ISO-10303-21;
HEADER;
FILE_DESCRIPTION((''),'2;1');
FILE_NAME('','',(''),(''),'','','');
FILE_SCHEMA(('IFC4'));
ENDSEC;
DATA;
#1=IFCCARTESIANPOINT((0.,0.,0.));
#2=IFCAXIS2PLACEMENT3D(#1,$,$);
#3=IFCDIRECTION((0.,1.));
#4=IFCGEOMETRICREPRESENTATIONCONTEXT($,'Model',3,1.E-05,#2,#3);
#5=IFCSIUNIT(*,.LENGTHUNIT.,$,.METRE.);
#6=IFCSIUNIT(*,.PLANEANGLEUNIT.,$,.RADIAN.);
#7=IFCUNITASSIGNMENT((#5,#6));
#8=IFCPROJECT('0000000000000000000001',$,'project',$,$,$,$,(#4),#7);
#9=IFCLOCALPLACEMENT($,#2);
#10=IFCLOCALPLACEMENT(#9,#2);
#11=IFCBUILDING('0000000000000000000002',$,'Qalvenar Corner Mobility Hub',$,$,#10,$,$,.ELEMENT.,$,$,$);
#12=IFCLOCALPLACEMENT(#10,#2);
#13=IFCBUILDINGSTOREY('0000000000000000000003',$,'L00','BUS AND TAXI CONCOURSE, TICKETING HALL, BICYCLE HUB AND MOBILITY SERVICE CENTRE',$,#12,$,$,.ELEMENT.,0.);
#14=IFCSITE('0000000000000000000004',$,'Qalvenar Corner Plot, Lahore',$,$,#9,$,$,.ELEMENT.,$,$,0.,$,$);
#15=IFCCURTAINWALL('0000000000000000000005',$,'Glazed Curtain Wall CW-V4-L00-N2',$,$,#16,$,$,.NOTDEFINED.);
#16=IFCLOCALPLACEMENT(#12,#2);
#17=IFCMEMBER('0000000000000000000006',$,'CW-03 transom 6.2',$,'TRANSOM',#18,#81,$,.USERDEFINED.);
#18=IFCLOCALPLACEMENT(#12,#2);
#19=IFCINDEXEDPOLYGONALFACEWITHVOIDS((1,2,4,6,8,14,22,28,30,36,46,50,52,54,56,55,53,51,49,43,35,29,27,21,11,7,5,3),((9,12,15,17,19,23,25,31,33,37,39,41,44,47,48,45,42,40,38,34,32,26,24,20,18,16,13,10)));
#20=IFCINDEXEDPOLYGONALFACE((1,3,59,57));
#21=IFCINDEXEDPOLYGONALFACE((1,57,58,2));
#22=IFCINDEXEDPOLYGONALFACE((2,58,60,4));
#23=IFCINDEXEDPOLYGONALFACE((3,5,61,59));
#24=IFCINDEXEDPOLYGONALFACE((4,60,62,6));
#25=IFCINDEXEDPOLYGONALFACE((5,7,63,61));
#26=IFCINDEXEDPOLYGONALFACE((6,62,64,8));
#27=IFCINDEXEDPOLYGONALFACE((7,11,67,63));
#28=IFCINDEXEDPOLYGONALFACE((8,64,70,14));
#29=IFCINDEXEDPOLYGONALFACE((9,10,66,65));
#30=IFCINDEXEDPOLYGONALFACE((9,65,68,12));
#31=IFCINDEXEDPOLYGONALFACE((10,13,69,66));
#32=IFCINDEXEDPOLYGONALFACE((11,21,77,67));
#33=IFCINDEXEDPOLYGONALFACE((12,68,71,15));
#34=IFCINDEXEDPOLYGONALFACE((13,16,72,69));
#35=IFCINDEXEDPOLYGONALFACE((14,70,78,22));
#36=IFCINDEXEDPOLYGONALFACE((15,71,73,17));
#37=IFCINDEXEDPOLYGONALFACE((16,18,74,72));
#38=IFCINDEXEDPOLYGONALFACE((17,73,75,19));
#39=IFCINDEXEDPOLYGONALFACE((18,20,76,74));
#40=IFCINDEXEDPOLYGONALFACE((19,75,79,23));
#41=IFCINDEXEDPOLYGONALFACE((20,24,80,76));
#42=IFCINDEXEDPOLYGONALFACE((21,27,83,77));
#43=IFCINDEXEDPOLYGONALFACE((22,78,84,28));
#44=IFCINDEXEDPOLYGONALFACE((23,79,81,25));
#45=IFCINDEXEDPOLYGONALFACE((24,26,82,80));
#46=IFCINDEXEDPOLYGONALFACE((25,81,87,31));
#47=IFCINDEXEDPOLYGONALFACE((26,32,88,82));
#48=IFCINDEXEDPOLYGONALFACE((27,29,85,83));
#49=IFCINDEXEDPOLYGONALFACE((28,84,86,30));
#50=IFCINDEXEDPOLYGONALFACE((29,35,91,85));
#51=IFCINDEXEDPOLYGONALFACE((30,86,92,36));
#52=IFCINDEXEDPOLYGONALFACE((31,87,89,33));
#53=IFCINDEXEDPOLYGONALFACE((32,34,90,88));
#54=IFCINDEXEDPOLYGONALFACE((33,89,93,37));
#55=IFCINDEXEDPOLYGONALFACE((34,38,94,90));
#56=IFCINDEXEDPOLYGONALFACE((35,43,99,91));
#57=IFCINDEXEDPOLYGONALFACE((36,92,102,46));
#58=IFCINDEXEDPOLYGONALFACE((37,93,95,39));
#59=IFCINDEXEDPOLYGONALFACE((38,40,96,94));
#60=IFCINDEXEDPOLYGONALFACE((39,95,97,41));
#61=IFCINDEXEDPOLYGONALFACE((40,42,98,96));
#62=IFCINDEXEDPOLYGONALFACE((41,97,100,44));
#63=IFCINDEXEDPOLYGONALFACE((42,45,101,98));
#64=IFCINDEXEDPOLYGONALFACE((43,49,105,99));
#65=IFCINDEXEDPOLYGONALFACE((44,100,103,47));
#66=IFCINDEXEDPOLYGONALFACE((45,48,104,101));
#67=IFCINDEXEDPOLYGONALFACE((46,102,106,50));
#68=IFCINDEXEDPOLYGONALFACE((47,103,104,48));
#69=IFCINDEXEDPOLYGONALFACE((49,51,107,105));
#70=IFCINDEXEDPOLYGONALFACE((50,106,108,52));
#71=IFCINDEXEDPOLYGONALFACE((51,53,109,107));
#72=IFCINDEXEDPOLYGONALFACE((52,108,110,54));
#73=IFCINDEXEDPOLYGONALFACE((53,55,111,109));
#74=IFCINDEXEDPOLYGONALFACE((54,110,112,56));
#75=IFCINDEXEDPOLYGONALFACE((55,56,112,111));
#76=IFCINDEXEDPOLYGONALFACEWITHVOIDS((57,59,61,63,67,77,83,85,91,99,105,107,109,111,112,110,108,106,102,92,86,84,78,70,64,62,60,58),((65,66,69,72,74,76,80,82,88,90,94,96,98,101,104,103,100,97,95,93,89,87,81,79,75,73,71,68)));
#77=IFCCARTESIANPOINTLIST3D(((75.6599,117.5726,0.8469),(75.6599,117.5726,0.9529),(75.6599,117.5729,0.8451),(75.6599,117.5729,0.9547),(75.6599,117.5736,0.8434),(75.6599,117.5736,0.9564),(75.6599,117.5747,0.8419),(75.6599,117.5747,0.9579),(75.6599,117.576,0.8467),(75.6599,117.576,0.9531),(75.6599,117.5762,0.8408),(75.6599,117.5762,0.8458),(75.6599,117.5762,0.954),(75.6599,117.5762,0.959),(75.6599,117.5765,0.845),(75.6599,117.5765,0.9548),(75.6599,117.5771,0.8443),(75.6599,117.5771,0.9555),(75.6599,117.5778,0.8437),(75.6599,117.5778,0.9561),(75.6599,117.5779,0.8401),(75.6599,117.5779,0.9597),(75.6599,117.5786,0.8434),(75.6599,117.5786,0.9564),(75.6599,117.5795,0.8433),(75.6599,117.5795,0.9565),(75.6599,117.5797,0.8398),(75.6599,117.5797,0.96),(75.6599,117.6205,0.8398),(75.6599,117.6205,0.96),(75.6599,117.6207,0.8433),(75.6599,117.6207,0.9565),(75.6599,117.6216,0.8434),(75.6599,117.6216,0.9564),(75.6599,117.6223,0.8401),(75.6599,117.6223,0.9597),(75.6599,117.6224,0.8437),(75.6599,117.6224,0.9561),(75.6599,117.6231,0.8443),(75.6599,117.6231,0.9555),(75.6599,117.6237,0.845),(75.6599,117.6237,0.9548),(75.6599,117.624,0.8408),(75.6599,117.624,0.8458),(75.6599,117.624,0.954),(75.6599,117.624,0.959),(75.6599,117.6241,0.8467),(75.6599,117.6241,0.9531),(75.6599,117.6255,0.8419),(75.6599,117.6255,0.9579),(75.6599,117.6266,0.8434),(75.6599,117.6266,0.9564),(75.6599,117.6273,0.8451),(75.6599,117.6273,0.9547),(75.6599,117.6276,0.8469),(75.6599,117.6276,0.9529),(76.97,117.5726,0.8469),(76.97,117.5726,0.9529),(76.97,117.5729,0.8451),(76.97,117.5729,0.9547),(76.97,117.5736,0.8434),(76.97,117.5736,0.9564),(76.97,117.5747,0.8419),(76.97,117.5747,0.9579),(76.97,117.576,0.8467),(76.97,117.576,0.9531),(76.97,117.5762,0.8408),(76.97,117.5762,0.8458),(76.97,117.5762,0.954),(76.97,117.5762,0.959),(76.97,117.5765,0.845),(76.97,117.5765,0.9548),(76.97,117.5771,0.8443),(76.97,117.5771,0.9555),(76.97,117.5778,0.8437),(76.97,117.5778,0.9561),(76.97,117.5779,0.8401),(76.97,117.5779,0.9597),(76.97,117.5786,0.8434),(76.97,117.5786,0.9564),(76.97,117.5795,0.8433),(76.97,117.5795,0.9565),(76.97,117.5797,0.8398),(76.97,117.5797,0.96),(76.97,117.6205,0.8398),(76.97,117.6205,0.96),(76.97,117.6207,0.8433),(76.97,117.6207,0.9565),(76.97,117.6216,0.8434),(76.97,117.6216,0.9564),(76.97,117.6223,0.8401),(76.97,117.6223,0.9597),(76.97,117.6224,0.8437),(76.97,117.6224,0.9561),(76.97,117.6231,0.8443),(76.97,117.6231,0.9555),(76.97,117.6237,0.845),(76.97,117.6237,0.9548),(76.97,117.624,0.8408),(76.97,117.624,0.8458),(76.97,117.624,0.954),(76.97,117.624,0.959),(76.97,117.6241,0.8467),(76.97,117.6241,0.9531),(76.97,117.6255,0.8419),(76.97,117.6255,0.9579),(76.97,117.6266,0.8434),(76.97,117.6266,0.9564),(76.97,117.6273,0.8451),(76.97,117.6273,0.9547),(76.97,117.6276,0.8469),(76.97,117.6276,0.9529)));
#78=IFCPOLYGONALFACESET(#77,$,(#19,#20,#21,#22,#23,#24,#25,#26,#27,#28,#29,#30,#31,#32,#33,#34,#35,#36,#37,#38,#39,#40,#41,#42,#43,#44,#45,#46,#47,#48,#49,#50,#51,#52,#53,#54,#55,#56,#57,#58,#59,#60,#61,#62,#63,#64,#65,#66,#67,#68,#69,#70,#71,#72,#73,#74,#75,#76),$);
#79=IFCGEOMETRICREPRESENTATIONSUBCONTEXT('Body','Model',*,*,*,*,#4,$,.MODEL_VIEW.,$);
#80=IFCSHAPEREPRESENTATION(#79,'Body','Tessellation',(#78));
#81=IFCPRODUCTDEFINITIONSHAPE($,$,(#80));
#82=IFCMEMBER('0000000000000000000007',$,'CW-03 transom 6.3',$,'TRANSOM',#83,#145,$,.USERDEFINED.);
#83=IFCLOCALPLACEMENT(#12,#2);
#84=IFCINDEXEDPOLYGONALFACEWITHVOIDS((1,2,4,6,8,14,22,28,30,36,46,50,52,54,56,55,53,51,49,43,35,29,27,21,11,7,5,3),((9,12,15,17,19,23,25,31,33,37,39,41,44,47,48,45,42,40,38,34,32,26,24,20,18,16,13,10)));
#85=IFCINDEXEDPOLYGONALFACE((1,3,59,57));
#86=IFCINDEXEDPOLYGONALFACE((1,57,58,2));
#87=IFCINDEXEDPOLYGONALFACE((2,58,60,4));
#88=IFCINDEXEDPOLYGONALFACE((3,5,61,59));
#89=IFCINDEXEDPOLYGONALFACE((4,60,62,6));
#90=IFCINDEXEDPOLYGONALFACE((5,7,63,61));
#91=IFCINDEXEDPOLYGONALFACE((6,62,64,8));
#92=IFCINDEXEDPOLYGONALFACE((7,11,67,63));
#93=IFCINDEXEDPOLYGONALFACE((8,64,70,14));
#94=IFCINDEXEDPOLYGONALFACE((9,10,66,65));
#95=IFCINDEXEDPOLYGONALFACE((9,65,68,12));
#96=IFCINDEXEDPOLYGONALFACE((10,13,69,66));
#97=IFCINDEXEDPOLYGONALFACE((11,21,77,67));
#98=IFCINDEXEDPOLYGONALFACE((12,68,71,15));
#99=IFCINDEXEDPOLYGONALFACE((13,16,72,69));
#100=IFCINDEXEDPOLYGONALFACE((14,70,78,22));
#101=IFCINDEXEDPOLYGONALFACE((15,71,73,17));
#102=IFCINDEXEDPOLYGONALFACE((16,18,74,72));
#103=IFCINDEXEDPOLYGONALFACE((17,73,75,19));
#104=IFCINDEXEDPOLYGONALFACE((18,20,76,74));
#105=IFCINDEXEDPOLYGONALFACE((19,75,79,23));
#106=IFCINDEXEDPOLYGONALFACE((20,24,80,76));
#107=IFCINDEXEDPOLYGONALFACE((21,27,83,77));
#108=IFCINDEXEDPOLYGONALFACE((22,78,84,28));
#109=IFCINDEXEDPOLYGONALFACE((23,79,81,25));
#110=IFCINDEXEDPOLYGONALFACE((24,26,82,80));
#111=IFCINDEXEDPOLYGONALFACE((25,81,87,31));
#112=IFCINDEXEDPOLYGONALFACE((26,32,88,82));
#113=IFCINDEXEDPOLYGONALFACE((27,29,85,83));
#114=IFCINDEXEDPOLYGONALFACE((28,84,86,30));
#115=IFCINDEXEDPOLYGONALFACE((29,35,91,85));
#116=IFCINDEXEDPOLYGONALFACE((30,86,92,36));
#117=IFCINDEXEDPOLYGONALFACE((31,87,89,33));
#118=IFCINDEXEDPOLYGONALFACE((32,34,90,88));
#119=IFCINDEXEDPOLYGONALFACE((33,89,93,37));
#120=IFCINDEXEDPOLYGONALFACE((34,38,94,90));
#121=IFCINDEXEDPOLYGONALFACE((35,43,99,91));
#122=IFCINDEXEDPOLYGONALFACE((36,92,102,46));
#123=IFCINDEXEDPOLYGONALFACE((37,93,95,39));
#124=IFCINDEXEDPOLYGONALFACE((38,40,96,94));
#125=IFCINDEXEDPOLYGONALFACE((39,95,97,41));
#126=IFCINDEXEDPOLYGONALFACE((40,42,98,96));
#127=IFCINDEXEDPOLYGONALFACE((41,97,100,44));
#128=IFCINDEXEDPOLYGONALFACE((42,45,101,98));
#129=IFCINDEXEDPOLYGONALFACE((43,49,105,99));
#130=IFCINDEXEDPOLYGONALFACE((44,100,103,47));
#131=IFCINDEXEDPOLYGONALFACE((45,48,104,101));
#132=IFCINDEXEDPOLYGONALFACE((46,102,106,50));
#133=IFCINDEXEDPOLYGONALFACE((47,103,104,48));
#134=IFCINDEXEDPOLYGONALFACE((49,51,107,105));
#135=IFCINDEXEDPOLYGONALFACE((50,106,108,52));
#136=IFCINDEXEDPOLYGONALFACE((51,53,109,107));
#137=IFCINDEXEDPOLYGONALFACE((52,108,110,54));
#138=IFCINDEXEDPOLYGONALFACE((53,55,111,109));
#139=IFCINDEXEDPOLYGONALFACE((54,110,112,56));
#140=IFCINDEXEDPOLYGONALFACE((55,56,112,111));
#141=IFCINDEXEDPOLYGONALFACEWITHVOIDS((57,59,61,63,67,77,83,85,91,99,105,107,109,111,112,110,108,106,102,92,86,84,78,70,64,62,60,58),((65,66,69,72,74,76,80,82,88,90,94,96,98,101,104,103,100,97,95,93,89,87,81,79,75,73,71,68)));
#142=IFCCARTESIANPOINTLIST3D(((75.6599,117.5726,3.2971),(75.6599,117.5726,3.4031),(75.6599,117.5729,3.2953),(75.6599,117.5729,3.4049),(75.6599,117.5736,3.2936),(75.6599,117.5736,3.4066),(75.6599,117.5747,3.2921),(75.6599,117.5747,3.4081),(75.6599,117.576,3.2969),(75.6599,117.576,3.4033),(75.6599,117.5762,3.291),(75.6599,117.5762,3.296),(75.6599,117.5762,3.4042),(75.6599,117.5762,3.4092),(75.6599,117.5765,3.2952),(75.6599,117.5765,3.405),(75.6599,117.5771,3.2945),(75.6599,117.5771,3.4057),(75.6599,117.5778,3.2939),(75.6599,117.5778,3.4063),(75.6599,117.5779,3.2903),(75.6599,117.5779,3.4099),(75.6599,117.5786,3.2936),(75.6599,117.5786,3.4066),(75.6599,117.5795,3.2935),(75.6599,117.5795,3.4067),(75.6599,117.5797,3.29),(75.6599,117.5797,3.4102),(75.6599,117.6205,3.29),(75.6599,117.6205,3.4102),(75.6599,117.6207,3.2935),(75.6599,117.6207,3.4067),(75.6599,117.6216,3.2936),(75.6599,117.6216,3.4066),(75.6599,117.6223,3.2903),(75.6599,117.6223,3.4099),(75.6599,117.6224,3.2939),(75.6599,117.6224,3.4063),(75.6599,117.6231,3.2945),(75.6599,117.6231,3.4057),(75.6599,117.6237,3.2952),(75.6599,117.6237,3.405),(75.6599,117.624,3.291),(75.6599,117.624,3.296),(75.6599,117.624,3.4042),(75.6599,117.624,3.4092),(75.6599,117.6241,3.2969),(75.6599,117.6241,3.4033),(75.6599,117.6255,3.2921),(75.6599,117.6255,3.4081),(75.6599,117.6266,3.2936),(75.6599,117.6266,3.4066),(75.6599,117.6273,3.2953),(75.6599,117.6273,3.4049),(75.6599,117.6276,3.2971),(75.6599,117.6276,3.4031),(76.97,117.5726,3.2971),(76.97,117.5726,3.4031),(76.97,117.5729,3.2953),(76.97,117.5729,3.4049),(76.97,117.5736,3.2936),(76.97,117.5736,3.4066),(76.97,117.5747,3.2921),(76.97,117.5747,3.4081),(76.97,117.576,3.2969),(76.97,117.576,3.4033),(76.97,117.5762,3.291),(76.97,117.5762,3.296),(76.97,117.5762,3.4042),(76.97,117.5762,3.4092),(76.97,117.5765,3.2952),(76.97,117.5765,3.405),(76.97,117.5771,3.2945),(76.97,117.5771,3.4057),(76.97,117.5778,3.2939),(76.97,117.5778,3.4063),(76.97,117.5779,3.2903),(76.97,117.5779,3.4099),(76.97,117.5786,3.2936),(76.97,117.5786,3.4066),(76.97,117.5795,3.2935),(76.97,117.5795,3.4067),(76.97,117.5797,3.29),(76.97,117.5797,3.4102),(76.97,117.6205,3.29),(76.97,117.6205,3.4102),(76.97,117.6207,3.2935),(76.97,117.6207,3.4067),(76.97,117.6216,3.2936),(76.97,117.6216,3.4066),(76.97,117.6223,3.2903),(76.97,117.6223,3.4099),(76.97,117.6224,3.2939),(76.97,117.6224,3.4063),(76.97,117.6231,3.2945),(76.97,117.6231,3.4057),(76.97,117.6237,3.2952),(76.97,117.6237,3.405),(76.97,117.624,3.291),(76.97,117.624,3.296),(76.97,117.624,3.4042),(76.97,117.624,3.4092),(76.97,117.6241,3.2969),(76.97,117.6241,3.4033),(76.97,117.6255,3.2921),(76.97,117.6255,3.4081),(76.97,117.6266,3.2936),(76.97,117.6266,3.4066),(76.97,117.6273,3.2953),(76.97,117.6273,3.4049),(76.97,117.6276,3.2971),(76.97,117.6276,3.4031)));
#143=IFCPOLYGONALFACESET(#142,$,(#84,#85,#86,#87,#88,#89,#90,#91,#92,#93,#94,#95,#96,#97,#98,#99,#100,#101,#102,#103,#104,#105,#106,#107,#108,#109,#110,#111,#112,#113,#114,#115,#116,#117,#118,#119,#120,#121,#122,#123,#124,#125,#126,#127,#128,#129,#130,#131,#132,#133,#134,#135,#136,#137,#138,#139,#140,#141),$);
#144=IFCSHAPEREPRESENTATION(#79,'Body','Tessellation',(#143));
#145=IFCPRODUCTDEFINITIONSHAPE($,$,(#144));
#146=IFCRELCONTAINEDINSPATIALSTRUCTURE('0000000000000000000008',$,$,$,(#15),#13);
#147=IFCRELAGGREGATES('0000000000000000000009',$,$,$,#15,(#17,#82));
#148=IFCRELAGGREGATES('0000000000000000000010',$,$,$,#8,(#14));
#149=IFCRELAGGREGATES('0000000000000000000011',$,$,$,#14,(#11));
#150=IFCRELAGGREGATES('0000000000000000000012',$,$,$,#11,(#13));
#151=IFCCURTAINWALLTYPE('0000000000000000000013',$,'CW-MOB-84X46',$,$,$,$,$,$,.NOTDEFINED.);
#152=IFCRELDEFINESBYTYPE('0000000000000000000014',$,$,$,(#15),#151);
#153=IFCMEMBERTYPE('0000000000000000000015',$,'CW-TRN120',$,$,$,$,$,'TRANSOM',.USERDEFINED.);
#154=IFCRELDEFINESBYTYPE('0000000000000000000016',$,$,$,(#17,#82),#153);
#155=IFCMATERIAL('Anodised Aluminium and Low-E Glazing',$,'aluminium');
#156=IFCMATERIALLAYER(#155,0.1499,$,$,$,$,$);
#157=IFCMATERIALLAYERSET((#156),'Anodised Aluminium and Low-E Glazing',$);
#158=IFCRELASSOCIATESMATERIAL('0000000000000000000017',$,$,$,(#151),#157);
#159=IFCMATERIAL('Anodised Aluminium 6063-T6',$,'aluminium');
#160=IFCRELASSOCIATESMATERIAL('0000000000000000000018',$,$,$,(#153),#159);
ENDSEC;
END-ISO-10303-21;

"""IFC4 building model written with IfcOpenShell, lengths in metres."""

from ifc_helpers import new_model, si_unit, direction, frame, origin, origin_2d, place, context, subcontext, project, spatial, hollow_rectangle, extrude, material, layer, layer_set, material_profile, profile_set, type_object, element, aggregate, save


model = new_model("IFC4")

# Units and contexts
model_context = context("Model", 3, precision=1e-05, world=origin(), true_north=direction((0.0, 1.0)))
body_context = subcontext(model_context, "Body", "Model", "MODEL_VIEW")
ifc_project = project(units=[si_unit("LENGTHUNIT", "METRE"), si_unit("PLANEANGLEUNIT", "RADIAN")], contexts=[model_context])

# Site, building, storey
site_placement = place(None, origin())
site = spatial("IfcSite", under=ifc_project, at=site_placement, Name="Qalvenar Corner Plot, Lahore", CompositionType="ELEMENT", RefElevation=0.0)
building_placement = place(site_placement, origin())
building = spatial("IfcBuilding", under=site, at=building_placement, Name="Qalvenar Corner Mobility Hub", CompositionType="ELEMENT")
storey_placement = place(building_placement, origin())
storey = spatial("IfcBuildingStorey", under=building, at=storey_placement, Name="L00", Description="BUS AND TAXI CONCOURSE, TICKETING HALL, BICYCLE HUB AND MOBILITY SERVICE CENTRE", CompositionType="ELEMENT", Elevation=0.0)

# Curtain wall, members
ifc_material_1 = material(Name="Anodised Aluminium and Low-E Glazing", Category="aluminium")
ifc_layer_1 = layer(ifc_material_1, 0.1499)
ifc_layer_set_1 = layer_set([ifc_layer_1], Name="Anodised Aluminium and Low-E Glazing")
curtain_wall_type = type_object("IfcCurtainWallType", Name="CW-MOB-84X46", PredefinedType="NOTDEFINED", material=ifc_layer_set_1)
curtain_wall_placement = place(storey_placement, origin())
curtain_wall = element("IfcCurtainWall", 1, at=curtain_wall_placement, inside=storey, type_object=curtain_wall_type, Name="Glazed Curtain Wall CW-V4-L00-N2", PredefinedType="NOTDEFINED")
ifc_material_2 = material(Name="Anodised Aluminium 6063-T6", Category="aluminium")
ifc_material_profile_1 = material_profile(ifc_material_2, hollow_rectangle(XDim=0.0549, YDim=0.1201, WallThickness=0.0034, InnerFilletRadius=0.0034, OuterFilletRadius=0.0071, at=origin_2d()), Name="RHS120x55x3.5")
ifc_profile_set_1 = profile_set([ifc_material_profile_1], Name="Anodised Aluminium 6063-T6")
member_type_1 = type_object("IfcMemberType", Name="CW-TRN120", ElementType="TRANSOM", PredefinedType="USERDEFINED", material=ifc_profile_set_1)
member_1_placement = place(storey_placement, frame((76.97, 117.6001, 0.8999), z_axis=(-1.0, 0.0, 0.0), x_axis=(0.0, -1.0, 0.0)))
member_1 = element("IfcMember", 2, at=member_1_placement, type_object=member_type_1, Name="CW-03 transom 6.2", ObjectType="TRANSOM", PredefinedType="USERDEFINED", context=body_context, shape_type="SweptSolid", body=[
    extrude(hollow_rectangle(XDim=0.0549, YDim=0.1201, WallThickness=0.0034, InnerFilletRadius=0.0034, OuterFilletRadius=0.0071, at=origin_2d()), origin(), (0.0, 0.0, 1.0), 1.3101),
])
member_2_placement = place(storey_placement, frame((76.97, 117.6001, 3.3501), z_axis=(-1.0, 0.0, 0.0), x_axis=(0.0, -1.0, 0.0)))
member_2 = element("IfcMember", 3, at=member_2_placement, type_object=member_type_1, Name="CW-03 transom 6.3", ObjectType="TRANSOM", PredefinedType="USERDEFINED", context=body_context, shape_type="SweptSolid", body=[
    extrude(hollow_rectangle(XDim=0.0549, YDim=0.1201, WallThickness=0.0034, InnerFilletRadius=0.0034, OuterFilletRadius=0.0071, at=origin_2d()), origin(), (0.0, 0.0, 1.0), 1.3101),
])
aggregate(curtain_wall, [member_1, member_2])

save(model, "model.ifc")
